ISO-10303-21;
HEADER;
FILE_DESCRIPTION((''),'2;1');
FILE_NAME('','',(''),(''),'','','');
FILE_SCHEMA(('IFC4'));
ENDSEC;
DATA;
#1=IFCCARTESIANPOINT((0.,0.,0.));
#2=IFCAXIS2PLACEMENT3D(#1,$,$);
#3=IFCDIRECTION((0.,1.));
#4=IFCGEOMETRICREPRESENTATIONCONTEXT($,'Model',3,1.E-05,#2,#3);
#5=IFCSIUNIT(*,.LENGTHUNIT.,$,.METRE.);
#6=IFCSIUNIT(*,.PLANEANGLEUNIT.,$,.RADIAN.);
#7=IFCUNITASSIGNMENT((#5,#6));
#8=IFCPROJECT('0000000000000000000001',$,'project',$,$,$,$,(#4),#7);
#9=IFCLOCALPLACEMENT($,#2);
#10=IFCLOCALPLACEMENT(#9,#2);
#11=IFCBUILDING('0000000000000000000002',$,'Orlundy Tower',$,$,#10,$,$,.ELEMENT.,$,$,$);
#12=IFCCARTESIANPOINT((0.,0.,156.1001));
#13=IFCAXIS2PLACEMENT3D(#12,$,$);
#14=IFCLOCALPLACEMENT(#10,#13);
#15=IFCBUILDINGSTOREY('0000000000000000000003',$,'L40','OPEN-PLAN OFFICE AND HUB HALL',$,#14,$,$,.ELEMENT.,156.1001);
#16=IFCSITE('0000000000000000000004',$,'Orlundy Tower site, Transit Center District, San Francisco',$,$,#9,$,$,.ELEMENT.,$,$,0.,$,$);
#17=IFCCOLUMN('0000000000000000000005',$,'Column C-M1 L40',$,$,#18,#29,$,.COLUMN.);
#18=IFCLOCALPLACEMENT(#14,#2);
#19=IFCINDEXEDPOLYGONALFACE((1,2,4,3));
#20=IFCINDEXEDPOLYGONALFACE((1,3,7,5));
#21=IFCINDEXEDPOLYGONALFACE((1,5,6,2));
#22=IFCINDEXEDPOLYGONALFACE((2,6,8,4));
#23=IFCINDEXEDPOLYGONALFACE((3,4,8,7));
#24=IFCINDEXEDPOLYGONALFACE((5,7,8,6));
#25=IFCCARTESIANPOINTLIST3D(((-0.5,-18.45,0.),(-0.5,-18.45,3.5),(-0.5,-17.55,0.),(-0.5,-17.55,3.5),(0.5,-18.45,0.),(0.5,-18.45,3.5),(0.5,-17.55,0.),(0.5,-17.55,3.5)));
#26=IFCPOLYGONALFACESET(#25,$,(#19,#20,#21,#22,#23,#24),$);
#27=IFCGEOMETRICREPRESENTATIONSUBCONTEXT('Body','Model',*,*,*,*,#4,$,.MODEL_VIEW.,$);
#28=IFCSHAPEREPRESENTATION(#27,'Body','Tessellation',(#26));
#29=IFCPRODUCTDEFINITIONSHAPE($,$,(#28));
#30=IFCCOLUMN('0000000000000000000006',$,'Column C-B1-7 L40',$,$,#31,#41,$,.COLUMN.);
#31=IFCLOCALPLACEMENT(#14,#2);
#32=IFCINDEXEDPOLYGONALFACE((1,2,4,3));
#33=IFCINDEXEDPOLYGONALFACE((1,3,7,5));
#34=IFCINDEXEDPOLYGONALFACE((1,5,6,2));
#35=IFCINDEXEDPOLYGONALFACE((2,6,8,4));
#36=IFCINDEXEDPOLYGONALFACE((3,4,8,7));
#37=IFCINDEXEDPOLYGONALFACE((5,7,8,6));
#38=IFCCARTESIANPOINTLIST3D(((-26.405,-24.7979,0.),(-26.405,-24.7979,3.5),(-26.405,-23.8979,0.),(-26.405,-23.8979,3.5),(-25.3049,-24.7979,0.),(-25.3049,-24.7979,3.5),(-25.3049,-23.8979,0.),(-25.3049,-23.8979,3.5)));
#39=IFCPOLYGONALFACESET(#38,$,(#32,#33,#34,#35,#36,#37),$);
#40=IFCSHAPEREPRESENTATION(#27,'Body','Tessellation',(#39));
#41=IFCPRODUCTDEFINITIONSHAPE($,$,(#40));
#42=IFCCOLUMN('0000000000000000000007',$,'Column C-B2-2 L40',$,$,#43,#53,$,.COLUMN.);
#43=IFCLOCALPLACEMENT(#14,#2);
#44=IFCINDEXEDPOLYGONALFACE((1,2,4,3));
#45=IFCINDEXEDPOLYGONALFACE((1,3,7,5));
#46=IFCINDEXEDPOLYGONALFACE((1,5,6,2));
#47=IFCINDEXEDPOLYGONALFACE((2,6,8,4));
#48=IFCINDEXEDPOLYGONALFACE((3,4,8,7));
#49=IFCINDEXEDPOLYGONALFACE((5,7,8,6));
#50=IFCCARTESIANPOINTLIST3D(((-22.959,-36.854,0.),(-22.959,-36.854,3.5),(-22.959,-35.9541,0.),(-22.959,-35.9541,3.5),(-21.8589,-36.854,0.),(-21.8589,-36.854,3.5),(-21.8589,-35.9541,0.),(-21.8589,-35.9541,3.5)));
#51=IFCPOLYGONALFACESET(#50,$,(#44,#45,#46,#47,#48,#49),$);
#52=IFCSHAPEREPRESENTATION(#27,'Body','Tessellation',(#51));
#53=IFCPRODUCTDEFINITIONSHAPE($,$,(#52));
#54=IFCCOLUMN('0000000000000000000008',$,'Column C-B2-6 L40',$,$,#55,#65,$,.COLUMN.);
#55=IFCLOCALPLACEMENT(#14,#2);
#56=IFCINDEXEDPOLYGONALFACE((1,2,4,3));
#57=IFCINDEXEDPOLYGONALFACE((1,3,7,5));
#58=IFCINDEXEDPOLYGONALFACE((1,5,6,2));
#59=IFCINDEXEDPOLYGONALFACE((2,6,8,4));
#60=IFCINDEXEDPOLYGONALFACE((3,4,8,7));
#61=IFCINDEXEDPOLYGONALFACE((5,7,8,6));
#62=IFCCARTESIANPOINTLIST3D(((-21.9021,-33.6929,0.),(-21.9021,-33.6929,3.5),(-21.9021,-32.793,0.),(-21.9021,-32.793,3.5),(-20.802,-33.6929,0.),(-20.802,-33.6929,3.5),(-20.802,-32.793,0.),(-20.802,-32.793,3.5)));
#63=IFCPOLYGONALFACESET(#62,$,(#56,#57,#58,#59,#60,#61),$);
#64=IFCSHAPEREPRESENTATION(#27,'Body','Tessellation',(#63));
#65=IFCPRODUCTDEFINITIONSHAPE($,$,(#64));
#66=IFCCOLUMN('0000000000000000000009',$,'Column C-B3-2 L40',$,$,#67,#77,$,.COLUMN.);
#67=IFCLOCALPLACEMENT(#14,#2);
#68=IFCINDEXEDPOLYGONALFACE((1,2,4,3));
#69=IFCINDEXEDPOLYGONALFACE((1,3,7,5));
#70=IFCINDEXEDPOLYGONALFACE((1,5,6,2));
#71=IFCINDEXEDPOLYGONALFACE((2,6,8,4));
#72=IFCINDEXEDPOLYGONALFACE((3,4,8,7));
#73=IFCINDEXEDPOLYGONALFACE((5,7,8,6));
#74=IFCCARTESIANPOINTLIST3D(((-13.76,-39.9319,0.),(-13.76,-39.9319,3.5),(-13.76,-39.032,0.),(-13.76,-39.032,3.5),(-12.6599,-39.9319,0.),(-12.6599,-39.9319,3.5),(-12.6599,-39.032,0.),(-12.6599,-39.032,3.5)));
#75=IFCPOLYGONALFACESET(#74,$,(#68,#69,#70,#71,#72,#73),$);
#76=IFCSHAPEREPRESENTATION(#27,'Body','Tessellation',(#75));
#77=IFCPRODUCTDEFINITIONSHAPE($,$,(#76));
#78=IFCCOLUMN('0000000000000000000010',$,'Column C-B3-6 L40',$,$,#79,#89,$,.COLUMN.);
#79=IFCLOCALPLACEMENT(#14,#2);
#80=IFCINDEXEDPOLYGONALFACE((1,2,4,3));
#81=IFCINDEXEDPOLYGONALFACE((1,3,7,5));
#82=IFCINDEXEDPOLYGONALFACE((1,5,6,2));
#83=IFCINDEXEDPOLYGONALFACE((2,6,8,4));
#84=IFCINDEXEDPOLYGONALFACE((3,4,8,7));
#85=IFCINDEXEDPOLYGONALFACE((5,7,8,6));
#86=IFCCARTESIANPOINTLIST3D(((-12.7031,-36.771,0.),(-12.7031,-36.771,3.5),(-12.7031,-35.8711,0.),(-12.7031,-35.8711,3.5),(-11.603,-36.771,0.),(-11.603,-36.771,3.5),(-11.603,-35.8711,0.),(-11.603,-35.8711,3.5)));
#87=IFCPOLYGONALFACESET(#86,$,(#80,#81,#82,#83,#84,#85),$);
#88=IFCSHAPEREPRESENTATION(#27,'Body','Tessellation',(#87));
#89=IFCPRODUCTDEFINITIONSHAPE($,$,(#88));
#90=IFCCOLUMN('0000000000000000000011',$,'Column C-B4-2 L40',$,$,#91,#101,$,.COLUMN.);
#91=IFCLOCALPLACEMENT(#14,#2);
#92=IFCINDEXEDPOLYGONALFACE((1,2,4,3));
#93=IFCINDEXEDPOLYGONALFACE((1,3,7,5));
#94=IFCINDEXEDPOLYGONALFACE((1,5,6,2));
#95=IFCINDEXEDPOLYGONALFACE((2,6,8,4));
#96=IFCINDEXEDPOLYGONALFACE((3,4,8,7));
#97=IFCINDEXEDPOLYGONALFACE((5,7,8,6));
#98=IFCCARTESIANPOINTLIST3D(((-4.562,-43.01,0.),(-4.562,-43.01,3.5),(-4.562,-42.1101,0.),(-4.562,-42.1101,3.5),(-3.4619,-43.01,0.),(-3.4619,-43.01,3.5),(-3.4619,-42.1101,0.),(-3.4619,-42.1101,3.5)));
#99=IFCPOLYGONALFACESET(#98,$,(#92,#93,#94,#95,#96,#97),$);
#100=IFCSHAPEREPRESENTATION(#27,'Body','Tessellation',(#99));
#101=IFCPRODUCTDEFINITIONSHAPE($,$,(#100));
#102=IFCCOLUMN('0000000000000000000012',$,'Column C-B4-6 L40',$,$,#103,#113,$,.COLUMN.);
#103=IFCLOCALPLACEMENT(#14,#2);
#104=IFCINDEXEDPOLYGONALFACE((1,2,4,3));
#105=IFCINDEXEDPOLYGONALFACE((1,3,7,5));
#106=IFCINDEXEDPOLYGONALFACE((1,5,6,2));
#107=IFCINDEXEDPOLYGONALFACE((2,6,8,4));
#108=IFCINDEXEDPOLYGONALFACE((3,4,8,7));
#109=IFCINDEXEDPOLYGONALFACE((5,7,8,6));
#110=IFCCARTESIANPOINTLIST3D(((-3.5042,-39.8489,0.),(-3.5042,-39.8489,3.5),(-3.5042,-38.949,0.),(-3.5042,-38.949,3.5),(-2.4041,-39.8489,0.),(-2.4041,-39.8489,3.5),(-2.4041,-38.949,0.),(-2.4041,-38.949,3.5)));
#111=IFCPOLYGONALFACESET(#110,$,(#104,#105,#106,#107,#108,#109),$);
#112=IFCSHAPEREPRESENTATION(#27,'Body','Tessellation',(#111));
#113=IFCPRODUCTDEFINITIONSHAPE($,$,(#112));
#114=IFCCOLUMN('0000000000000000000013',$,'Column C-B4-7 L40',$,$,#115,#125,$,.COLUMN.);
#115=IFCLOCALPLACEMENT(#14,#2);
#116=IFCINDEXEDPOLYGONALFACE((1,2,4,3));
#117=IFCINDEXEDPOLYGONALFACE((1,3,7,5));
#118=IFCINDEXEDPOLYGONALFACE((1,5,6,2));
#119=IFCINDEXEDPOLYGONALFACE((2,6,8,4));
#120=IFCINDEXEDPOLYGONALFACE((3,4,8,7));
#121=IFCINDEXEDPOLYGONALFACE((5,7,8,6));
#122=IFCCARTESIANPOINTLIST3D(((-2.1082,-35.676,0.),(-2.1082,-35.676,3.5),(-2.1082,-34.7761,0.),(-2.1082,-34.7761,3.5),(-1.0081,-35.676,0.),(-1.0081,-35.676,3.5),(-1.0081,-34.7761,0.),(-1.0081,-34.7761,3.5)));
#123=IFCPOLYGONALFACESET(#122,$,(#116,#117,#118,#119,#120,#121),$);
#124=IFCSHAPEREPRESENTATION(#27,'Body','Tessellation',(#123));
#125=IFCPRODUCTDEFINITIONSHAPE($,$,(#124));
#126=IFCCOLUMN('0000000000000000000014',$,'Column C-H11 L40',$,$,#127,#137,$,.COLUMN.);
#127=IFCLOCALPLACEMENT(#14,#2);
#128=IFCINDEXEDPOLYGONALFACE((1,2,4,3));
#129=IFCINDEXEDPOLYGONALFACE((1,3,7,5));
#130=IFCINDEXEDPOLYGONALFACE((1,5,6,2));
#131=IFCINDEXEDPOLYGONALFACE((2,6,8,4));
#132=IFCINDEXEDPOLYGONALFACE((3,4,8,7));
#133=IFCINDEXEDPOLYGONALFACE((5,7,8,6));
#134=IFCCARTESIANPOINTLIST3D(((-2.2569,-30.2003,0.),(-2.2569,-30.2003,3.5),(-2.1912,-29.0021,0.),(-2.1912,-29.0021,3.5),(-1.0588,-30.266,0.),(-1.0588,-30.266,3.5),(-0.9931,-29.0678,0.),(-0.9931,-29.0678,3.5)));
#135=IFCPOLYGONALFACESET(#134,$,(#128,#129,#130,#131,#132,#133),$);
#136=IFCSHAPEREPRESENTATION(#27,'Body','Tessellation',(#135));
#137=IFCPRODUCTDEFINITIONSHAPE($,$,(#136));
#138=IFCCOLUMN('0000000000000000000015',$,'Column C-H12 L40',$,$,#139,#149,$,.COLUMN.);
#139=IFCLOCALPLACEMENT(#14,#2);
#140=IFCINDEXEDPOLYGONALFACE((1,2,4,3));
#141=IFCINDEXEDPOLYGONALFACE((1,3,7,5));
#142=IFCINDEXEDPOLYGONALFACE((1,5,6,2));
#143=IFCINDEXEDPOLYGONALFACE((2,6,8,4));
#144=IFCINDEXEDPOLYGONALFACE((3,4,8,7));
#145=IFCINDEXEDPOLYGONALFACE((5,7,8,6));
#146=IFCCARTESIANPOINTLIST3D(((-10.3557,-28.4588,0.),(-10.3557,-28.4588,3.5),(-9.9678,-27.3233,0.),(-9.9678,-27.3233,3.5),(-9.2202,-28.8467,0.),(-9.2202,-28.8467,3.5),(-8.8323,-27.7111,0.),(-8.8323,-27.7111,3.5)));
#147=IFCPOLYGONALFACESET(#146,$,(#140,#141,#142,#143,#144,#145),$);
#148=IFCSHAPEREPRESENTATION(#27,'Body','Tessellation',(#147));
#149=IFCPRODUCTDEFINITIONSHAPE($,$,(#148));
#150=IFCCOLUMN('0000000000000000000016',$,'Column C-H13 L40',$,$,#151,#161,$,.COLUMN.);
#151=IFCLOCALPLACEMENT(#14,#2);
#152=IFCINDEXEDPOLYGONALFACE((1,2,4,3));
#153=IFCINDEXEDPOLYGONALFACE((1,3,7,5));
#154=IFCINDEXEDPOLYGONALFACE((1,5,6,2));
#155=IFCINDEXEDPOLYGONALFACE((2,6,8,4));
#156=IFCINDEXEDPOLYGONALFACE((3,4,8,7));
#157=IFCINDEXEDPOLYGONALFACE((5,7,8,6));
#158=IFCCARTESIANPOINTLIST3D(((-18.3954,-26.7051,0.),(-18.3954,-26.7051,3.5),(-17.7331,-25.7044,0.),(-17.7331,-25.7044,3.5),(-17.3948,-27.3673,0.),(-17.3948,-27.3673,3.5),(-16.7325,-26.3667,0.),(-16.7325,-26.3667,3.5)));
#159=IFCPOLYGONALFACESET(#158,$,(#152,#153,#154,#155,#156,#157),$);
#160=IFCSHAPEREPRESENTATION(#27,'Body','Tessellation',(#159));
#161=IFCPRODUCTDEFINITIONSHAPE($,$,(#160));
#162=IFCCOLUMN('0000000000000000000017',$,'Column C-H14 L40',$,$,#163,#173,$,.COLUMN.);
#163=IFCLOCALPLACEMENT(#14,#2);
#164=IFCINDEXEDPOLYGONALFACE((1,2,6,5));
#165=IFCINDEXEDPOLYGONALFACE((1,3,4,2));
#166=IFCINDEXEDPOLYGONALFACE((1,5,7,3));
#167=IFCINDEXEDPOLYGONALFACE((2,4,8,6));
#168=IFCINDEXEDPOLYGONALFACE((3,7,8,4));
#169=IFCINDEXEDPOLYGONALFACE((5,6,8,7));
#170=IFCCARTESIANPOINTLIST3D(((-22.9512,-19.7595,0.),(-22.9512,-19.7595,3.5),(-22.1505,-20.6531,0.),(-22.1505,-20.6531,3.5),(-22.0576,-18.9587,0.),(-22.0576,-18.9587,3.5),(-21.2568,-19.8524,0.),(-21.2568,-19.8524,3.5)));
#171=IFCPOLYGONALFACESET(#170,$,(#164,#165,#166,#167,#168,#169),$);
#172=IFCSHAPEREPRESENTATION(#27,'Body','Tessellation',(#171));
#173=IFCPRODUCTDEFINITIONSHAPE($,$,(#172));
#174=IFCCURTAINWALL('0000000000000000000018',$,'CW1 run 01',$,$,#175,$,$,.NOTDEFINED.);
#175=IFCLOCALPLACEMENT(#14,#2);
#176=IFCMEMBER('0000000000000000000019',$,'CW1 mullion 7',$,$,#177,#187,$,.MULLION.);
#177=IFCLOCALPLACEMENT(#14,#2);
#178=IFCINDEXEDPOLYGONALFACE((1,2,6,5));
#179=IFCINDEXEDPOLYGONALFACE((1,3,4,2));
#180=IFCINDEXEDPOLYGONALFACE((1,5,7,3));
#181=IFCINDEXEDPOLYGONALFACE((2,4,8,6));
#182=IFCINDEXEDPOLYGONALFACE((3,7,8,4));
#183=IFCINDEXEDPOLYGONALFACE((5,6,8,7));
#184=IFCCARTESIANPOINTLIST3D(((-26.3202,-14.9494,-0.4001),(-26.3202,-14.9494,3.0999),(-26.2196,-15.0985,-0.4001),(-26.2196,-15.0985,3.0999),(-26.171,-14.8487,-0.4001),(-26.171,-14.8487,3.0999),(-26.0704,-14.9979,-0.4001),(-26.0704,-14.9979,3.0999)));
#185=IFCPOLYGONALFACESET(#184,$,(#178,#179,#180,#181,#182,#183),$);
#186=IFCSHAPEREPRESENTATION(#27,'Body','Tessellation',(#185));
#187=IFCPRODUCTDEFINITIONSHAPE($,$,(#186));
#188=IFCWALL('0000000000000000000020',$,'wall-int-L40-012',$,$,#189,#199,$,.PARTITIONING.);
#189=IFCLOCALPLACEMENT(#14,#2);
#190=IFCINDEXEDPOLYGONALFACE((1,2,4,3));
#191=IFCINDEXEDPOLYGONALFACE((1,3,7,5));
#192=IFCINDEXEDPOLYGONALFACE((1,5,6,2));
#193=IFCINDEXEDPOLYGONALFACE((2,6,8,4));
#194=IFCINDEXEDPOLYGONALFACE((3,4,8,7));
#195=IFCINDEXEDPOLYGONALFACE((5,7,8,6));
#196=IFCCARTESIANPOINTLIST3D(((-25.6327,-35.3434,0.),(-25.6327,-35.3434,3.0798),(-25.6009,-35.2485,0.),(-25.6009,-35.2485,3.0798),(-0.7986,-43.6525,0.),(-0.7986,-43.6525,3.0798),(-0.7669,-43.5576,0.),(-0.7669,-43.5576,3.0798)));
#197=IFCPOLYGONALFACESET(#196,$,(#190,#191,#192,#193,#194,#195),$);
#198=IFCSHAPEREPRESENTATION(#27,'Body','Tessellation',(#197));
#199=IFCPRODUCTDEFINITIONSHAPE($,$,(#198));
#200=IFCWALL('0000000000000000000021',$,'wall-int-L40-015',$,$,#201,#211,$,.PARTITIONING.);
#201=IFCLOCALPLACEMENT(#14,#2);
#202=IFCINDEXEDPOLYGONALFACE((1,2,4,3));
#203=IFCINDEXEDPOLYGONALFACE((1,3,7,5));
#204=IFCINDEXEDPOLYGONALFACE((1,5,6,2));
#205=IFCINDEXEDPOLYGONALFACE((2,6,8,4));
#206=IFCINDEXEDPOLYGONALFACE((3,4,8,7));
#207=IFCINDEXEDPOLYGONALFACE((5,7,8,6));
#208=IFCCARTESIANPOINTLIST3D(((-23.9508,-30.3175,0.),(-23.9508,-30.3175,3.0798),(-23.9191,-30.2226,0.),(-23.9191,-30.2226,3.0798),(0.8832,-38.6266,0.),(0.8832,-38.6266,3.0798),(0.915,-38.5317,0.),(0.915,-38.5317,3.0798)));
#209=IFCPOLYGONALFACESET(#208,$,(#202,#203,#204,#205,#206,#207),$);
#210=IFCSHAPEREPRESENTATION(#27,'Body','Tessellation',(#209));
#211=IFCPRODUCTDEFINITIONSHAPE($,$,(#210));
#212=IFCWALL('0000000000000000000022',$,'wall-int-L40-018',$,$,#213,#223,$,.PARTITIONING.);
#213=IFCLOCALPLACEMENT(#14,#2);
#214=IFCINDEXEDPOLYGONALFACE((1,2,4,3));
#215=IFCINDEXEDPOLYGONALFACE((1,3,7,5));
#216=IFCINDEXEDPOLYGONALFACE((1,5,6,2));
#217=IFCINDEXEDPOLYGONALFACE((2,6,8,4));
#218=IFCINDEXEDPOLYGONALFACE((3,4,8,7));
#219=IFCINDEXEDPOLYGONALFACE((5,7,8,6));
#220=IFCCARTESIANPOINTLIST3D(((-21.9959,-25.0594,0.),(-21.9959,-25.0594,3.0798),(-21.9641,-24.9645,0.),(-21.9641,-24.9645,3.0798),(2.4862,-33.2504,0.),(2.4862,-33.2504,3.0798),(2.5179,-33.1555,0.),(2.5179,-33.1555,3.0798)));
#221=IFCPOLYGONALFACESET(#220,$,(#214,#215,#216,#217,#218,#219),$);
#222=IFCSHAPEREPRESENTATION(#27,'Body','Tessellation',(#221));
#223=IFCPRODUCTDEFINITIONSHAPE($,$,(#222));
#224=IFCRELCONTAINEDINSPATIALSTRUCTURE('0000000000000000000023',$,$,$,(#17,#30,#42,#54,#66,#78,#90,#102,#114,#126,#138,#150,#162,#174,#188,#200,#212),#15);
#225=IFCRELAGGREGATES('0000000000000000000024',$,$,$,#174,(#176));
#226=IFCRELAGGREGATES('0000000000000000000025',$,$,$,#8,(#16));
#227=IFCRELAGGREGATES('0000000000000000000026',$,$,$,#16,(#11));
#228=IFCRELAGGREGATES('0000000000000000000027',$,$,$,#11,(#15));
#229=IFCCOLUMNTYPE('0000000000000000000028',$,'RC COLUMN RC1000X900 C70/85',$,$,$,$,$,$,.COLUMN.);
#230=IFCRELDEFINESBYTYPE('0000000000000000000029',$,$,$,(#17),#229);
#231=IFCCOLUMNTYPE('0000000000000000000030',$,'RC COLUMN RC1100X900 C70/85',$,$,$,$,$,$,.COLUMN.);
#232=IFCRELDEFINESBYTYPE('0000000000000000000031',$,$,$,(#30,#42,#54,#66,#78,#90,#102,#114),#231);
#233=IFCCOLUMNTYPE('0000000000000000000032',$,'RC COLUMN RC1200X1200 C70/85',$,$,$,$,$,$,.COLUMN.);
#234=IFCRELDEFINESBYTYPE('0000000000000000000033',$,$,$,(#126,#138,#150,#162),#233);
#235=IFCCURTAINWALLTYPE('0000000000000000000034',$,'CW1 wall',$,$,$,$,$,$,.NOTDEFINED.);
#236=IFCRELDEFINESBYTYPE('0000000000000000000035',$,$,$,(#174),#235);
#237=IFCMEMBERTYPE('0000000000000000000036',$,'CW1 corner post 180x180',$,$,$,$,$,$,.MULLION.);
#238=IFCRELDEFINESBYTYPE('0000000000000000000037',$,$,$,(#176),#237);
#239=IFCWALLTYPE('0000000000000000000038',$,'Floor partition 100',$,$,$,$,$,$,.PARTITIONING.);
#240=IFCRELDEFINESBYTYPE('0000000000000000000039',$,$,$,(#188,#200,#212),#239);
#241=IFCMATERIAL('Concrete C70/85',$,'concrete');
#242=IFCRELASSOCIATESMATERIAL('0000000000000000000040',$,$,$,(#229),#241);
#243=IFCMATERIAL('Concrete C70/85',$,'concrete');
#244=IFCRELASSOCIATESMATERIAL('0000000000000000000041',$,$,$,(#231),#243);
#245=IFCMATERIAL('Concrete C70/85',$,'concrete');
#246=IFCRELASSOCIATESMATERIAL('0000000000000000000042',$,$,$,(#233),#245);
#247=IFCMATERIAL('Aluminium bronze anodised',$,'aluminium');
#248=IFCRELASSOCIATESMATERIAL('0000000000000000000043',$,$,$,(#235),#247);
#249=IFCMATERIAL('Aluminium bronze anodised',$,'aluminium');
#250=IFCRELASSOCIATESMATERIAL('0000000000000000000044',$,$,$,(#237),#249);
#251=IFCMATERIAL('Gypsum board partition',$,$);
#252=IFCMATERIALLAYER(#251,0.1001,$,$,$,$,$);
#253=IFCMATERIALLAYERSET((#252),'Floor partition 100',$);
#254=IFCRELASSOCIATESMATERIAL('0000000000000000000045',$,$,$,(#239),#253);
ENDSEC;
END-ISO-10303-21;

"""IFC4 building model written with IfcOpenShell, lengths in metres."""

from ifc_helpers import new_model, si_unit, direction, frame, frame_2d, origin, origin_2d, place, context, subcontext, project, spatial, rectangle, extrude, material, layer, layer_set, material_profile, profile_set, type_object, element, aggregate, save


model = new_model("IFC4")

# Units and contexts
model_context = context("Model", 3, precision=1e-05, world=origin(), true_north=direction((0.0, 1.0)))
body_context = subcontext(model_context, "Body", "Model", "MODEL_VIEW")
ifc_project = project(units=[si_unit("LENGTHUNIT", "METRE"), si_unit("PLANEANGLEUNIT", "RADIAN")], contexts=[model_context])

# Site, building, storey
site_placement = place(None, origin())
site = spatial("IfcSite", under=ifc_project, at=site_placement, Name="Orlundy Tower site, Transit Center District, San Francisco", CompositionType="ELEMENT", RefElevation=0.0)
building_placement = place(site_placement, origin())
building = spatial("IfcBuilding", under=site, at=building_placement, Name="Orlundy Tower", CompositionType="ELEMENT")
storey_placement = place(building_placement, frame((0.0, 0.0, 156.1001)))
storey = spatial("IfcBuildingStorey", under=building, at=storey_placement, Name="L40", Description="OPEN-PLAN OFFICE AND HUB HALL", CompositionType="ELEMENT", Elevation=156.1001)

# Columns
ifc_material_1 = material(Name="Concrete C70/85", Category="concrete")
ifc_material_profile_1 = material_profile(ifc_material_1, rectangle(XDim=1.0, YDim=0.8999, at=origin_2d()), Name="RC1000X900")
ifc_profile_set_1 = profile_set([ifc_material_profile_1], Name="Concrete C70/85")
column_type_1 = type_object("IfcColumnType", Name="RC COLUMN RC1000X900 C70/85", PredefinedType="COLUMN", material=ifc_profile_set_1)
column_placement = place(storey_placement, frame((0.0, -18.0, 0.0), z_axis=(0.0, 0.0, 1.0), x_axis=(1.0, 0.0, 0.0)))
element("IfcColumn", 1, at=column_placement, inside=storey, type_object=column_type_1, Name="Column C-M1 L40", PredefinedType="COLUMN", context=body_context, shape_type="SweptSolid", body=[
    extrude(rectangle(XDim=1.0, YDim=0.8999, at=origin_2d()), origin(), (0.0, 0.0, 1.0), 3.5),
])
ifc_material_2 = material(Name="Concrete C70/85", Category="concrete")
ifc_material_profile_2 = material_profile(ifc_material_2, rectangle(XDim=1.1001, YDim=0.8999, at=origin_2d()), Name="RC1100X900")
ifc_profile_set_2 = profile_set([ifc_material_profile_2], Name="Concrete C70/85")
column_type_2 = type_object("IfcColumnType", Name="RC COLUMN RC1100X900 C70/85", PredefinedType="COLUMN", material=ifc_profile_set_2)
for number, where, z_axis, x_axis, name in (
    (2, (-25.855, -24.3479, 0.0), (0.0, 0.0, 1.0), (1.0, 0.0, 0.0), "Column C-B1-7 L40"),
    (3, (-22.4089, -36.4041, 0.0), (0.0, 0.0, 1.0), (1.0, 0.0, 0.0), "Column C-B2-2 L40"),
    (4, (-21.3521, -33.2429, 0.0), (0.0, 0.0, 1.0), (1.0, 0.0, 0.0), "Column C-B2-6 L40"),
    (5, (-13.21, -39.4819, 0.0), (0.0, 0.0, 1.0), (1.0, 0.0, 0.0), "Column C-B3-2 L40"),
    (6, (-12.1531, -36.321, 0.0), (0.0, 0.0, 1.0), (1.0, 0.0, 0.0), "Column C-B3-6 L40"),
    (7, (-4.012, -42.5601, 0.0), (0.0, 0.0, 1.0), (1.0, 0.0, 0.0), "Column C-B4-2 L40"),
    (8, (-2.9541, -39.3989, 0.0), (0.0, 0.0, 1.0), (1.0, 0.0, 0.0), "Column C-B4-6 L40"),
    (9, (-1.5581, -35.2261, 0.0), (0.0, 0.0, 1.0), (1.0, 0.0, 0.0), "Column C-B4-7 L40"),
):
    element("IfcColumn", number, at=place(storey_placement, frame(where, z_axis=z_axis, x_axis=x_axis)), inside=storey, type_object=column_type_2, Name=name, PredefinedType="COLUMN", context=body_context, shape_type="SweptSolid", body=[
        extrude(rectangle(XDim=1.1001, YDim=0.8999, at=origin_2d()), origin(), (0.0, 0.0, 1.0), 3.5),
    ])
ifc_material_3 = material(Name="Concrete C70/85", Category="concrete")
ifc_material_profile_3 = material_profile(ifc_material_3, rectangle(XDim=1.2, YDim=1.2, at=origin_2d()), Name="RC1200X1200")
ifc_profile_set_3 = profile_set([ifc_material_profile_3], Name="Concrete C70/85")
column_type_3 = type_object("IfcColumnType", Name="RC COLUMN RC1200X1200 C70/85", PredefinedType="COLUMN", material=ifc_profile_set_3)
for number, where, z_axis, x_axis, name in (
    (10, (-1.625, -29.634, 0.0), (0.0, 0.0, 1.0), (-0.054758, -0.9985, 0.0), "Column C-H11 L40"),
    (11, (-9.594, -28.085, 0.0), (0.0, 0.0, 1.0), (-0.323257, -0.946311, 0.0), "Column C-H12 L40"),
    (12, (-17.564, -26.5359, 0.0), (0.0, 0.0, 1.0), (-0.551937, -0.833886, 0.0), "Column C-H13 L40"),
    (13, (-22.104, -19.8059, 0.0), (0.0, 0.0, 1.0), (-0.744754, -0.667339, 0.0), "Column C-H14 L40"),
):
    element("IfcColumn", number, at=place(storey_placement, frame(where, z_axis=z_axis, x_axis=x_axis)), inside=storey, type_object=column_type_3, Name=name, PredefinedType="COLUMN", context=body_context, shape_type="SweptSolid", body=[
        extrude(rectangle(XDim=1.2, YDim=1.2, at=origin_2d()), origin(), (0.0, 0.0, 1.0), 3.5),
    ])

# Curtain wall, member
ifc_material_4 = material(Name="Aluminium bronze anodised", Category="aluminium")
curtain_wall_type = type_object("IfcCurtainWallType", Name="CW1 wall", PredefinedType="NOTDEFINED", material=ifc_material_4)
curtain_wall_placement = place(storey_placement, origin())
curtain_wall = element("IfcCurtainWall", 14, at=curtain_wall_placement, inside=storey, type_object=curtain_wall_type, Name="CW1 run 01", PredefinedType="NOTDEFINED")
ifc_material_5 = material(Name="Aluminium bronze anodised", Category="aluminium")
ifc_material_profile_4 = material_profile(ifc_material_5, rectangle(XDim=0.1799, YDim=0.1799, at=origin_2d()), Name="CW1 corner post 180x180")
ifc_profile_set_4 = profile_set([ifc_material_profile_4], Name="Aluminium bronze anodised")
member_type = type_object("IfcMemberType", Name="CW1 corner post 180x180", PredefinedType="MULLION", material=ifc_profile_set_4)
member_placement = place(storey_placement, frame((-26.1953, -14.9736, -0.4001), z_axis=(0.0, 0.0, 1.0), x_axis=(-0.829032, -0.559201, 0.0)))
member = element("IfcMember", 15, at=member_placement, type_object=member_type, Name="CW1 mullion 7", PredefinedType="MULLION", context=body_context, shape_type="SweptSolid", body=[
    extrude(rectangle(XDim=0.1799, YDim=0.1799, at=origin_2d()), origin(), (0.0, 0.0, 1.0), 3.5),
])
aggregate(curtain_wall, [member])

# Walls
ifc_material_6 = material(Name="Gypsum board partition")
ifc_layer_1 = layer(ifc_material_6, 0.1001)
ifc_layer_set_1 = layer_set([ifc_layer_1], Name="Floor partition 100")
wall_type_1 = type_object("IfcWallType", Name="Floor partition 100", PredefinedType="PARTITIONING", material=ifc_layer_set_1)
for number, where, z_axis, x_axis, name in (
    (16, (-25.6169, -35.2959, 0.0), (0.0, 0.0, 1.0), (0.948327, -0.317296, 0.0), "wall-int-L40-012"),
    (17, (-23.9351, -30.27, 0.0), (0.0, 0.0, 1.0), (0.948327, -0.317296, 0.0), "wall-int-L40-015"),
):
    element("IfcWall", number, at=place(storey_placement, frame(where, z_axis=z_axis, x_axis=x_axis)), inside=storey, type_object=wall_type_1, Name=name, PredefinedType="PARTITIONING", context=body_context, shape_type="SweptSolid", body=[
        extrude(rectangle(XDim=26.1873, YDim=0.1001, at=frame_2d((13.0938, 0.0))), origin(), (0.0, 0.0, 1.0), 3.0798),
    ])
wall_1_placement = place(storey_placement, frame((-21.98, -25.012, 0.0), z_axis=(0.0, 0.0, 1.0), x_axis=(0.948331, -0.317283, 0.0)))
element("IfcWall", 18, at=wall_1_placement, inside=storey, type_object=wall_type_1, Name="wall-int-L40-018", PredefinedType="PARTITIONING", context=body_context, shape_type="SweptSolid", body=[
    extrude(rectangle(XDim=25.8159, YDim=0.1001, at=frame_2d((12.908, 0.0))), origin(), (0.0, 0.0, 1.0), 3.0798),
])

save(model, "model.ifc")
